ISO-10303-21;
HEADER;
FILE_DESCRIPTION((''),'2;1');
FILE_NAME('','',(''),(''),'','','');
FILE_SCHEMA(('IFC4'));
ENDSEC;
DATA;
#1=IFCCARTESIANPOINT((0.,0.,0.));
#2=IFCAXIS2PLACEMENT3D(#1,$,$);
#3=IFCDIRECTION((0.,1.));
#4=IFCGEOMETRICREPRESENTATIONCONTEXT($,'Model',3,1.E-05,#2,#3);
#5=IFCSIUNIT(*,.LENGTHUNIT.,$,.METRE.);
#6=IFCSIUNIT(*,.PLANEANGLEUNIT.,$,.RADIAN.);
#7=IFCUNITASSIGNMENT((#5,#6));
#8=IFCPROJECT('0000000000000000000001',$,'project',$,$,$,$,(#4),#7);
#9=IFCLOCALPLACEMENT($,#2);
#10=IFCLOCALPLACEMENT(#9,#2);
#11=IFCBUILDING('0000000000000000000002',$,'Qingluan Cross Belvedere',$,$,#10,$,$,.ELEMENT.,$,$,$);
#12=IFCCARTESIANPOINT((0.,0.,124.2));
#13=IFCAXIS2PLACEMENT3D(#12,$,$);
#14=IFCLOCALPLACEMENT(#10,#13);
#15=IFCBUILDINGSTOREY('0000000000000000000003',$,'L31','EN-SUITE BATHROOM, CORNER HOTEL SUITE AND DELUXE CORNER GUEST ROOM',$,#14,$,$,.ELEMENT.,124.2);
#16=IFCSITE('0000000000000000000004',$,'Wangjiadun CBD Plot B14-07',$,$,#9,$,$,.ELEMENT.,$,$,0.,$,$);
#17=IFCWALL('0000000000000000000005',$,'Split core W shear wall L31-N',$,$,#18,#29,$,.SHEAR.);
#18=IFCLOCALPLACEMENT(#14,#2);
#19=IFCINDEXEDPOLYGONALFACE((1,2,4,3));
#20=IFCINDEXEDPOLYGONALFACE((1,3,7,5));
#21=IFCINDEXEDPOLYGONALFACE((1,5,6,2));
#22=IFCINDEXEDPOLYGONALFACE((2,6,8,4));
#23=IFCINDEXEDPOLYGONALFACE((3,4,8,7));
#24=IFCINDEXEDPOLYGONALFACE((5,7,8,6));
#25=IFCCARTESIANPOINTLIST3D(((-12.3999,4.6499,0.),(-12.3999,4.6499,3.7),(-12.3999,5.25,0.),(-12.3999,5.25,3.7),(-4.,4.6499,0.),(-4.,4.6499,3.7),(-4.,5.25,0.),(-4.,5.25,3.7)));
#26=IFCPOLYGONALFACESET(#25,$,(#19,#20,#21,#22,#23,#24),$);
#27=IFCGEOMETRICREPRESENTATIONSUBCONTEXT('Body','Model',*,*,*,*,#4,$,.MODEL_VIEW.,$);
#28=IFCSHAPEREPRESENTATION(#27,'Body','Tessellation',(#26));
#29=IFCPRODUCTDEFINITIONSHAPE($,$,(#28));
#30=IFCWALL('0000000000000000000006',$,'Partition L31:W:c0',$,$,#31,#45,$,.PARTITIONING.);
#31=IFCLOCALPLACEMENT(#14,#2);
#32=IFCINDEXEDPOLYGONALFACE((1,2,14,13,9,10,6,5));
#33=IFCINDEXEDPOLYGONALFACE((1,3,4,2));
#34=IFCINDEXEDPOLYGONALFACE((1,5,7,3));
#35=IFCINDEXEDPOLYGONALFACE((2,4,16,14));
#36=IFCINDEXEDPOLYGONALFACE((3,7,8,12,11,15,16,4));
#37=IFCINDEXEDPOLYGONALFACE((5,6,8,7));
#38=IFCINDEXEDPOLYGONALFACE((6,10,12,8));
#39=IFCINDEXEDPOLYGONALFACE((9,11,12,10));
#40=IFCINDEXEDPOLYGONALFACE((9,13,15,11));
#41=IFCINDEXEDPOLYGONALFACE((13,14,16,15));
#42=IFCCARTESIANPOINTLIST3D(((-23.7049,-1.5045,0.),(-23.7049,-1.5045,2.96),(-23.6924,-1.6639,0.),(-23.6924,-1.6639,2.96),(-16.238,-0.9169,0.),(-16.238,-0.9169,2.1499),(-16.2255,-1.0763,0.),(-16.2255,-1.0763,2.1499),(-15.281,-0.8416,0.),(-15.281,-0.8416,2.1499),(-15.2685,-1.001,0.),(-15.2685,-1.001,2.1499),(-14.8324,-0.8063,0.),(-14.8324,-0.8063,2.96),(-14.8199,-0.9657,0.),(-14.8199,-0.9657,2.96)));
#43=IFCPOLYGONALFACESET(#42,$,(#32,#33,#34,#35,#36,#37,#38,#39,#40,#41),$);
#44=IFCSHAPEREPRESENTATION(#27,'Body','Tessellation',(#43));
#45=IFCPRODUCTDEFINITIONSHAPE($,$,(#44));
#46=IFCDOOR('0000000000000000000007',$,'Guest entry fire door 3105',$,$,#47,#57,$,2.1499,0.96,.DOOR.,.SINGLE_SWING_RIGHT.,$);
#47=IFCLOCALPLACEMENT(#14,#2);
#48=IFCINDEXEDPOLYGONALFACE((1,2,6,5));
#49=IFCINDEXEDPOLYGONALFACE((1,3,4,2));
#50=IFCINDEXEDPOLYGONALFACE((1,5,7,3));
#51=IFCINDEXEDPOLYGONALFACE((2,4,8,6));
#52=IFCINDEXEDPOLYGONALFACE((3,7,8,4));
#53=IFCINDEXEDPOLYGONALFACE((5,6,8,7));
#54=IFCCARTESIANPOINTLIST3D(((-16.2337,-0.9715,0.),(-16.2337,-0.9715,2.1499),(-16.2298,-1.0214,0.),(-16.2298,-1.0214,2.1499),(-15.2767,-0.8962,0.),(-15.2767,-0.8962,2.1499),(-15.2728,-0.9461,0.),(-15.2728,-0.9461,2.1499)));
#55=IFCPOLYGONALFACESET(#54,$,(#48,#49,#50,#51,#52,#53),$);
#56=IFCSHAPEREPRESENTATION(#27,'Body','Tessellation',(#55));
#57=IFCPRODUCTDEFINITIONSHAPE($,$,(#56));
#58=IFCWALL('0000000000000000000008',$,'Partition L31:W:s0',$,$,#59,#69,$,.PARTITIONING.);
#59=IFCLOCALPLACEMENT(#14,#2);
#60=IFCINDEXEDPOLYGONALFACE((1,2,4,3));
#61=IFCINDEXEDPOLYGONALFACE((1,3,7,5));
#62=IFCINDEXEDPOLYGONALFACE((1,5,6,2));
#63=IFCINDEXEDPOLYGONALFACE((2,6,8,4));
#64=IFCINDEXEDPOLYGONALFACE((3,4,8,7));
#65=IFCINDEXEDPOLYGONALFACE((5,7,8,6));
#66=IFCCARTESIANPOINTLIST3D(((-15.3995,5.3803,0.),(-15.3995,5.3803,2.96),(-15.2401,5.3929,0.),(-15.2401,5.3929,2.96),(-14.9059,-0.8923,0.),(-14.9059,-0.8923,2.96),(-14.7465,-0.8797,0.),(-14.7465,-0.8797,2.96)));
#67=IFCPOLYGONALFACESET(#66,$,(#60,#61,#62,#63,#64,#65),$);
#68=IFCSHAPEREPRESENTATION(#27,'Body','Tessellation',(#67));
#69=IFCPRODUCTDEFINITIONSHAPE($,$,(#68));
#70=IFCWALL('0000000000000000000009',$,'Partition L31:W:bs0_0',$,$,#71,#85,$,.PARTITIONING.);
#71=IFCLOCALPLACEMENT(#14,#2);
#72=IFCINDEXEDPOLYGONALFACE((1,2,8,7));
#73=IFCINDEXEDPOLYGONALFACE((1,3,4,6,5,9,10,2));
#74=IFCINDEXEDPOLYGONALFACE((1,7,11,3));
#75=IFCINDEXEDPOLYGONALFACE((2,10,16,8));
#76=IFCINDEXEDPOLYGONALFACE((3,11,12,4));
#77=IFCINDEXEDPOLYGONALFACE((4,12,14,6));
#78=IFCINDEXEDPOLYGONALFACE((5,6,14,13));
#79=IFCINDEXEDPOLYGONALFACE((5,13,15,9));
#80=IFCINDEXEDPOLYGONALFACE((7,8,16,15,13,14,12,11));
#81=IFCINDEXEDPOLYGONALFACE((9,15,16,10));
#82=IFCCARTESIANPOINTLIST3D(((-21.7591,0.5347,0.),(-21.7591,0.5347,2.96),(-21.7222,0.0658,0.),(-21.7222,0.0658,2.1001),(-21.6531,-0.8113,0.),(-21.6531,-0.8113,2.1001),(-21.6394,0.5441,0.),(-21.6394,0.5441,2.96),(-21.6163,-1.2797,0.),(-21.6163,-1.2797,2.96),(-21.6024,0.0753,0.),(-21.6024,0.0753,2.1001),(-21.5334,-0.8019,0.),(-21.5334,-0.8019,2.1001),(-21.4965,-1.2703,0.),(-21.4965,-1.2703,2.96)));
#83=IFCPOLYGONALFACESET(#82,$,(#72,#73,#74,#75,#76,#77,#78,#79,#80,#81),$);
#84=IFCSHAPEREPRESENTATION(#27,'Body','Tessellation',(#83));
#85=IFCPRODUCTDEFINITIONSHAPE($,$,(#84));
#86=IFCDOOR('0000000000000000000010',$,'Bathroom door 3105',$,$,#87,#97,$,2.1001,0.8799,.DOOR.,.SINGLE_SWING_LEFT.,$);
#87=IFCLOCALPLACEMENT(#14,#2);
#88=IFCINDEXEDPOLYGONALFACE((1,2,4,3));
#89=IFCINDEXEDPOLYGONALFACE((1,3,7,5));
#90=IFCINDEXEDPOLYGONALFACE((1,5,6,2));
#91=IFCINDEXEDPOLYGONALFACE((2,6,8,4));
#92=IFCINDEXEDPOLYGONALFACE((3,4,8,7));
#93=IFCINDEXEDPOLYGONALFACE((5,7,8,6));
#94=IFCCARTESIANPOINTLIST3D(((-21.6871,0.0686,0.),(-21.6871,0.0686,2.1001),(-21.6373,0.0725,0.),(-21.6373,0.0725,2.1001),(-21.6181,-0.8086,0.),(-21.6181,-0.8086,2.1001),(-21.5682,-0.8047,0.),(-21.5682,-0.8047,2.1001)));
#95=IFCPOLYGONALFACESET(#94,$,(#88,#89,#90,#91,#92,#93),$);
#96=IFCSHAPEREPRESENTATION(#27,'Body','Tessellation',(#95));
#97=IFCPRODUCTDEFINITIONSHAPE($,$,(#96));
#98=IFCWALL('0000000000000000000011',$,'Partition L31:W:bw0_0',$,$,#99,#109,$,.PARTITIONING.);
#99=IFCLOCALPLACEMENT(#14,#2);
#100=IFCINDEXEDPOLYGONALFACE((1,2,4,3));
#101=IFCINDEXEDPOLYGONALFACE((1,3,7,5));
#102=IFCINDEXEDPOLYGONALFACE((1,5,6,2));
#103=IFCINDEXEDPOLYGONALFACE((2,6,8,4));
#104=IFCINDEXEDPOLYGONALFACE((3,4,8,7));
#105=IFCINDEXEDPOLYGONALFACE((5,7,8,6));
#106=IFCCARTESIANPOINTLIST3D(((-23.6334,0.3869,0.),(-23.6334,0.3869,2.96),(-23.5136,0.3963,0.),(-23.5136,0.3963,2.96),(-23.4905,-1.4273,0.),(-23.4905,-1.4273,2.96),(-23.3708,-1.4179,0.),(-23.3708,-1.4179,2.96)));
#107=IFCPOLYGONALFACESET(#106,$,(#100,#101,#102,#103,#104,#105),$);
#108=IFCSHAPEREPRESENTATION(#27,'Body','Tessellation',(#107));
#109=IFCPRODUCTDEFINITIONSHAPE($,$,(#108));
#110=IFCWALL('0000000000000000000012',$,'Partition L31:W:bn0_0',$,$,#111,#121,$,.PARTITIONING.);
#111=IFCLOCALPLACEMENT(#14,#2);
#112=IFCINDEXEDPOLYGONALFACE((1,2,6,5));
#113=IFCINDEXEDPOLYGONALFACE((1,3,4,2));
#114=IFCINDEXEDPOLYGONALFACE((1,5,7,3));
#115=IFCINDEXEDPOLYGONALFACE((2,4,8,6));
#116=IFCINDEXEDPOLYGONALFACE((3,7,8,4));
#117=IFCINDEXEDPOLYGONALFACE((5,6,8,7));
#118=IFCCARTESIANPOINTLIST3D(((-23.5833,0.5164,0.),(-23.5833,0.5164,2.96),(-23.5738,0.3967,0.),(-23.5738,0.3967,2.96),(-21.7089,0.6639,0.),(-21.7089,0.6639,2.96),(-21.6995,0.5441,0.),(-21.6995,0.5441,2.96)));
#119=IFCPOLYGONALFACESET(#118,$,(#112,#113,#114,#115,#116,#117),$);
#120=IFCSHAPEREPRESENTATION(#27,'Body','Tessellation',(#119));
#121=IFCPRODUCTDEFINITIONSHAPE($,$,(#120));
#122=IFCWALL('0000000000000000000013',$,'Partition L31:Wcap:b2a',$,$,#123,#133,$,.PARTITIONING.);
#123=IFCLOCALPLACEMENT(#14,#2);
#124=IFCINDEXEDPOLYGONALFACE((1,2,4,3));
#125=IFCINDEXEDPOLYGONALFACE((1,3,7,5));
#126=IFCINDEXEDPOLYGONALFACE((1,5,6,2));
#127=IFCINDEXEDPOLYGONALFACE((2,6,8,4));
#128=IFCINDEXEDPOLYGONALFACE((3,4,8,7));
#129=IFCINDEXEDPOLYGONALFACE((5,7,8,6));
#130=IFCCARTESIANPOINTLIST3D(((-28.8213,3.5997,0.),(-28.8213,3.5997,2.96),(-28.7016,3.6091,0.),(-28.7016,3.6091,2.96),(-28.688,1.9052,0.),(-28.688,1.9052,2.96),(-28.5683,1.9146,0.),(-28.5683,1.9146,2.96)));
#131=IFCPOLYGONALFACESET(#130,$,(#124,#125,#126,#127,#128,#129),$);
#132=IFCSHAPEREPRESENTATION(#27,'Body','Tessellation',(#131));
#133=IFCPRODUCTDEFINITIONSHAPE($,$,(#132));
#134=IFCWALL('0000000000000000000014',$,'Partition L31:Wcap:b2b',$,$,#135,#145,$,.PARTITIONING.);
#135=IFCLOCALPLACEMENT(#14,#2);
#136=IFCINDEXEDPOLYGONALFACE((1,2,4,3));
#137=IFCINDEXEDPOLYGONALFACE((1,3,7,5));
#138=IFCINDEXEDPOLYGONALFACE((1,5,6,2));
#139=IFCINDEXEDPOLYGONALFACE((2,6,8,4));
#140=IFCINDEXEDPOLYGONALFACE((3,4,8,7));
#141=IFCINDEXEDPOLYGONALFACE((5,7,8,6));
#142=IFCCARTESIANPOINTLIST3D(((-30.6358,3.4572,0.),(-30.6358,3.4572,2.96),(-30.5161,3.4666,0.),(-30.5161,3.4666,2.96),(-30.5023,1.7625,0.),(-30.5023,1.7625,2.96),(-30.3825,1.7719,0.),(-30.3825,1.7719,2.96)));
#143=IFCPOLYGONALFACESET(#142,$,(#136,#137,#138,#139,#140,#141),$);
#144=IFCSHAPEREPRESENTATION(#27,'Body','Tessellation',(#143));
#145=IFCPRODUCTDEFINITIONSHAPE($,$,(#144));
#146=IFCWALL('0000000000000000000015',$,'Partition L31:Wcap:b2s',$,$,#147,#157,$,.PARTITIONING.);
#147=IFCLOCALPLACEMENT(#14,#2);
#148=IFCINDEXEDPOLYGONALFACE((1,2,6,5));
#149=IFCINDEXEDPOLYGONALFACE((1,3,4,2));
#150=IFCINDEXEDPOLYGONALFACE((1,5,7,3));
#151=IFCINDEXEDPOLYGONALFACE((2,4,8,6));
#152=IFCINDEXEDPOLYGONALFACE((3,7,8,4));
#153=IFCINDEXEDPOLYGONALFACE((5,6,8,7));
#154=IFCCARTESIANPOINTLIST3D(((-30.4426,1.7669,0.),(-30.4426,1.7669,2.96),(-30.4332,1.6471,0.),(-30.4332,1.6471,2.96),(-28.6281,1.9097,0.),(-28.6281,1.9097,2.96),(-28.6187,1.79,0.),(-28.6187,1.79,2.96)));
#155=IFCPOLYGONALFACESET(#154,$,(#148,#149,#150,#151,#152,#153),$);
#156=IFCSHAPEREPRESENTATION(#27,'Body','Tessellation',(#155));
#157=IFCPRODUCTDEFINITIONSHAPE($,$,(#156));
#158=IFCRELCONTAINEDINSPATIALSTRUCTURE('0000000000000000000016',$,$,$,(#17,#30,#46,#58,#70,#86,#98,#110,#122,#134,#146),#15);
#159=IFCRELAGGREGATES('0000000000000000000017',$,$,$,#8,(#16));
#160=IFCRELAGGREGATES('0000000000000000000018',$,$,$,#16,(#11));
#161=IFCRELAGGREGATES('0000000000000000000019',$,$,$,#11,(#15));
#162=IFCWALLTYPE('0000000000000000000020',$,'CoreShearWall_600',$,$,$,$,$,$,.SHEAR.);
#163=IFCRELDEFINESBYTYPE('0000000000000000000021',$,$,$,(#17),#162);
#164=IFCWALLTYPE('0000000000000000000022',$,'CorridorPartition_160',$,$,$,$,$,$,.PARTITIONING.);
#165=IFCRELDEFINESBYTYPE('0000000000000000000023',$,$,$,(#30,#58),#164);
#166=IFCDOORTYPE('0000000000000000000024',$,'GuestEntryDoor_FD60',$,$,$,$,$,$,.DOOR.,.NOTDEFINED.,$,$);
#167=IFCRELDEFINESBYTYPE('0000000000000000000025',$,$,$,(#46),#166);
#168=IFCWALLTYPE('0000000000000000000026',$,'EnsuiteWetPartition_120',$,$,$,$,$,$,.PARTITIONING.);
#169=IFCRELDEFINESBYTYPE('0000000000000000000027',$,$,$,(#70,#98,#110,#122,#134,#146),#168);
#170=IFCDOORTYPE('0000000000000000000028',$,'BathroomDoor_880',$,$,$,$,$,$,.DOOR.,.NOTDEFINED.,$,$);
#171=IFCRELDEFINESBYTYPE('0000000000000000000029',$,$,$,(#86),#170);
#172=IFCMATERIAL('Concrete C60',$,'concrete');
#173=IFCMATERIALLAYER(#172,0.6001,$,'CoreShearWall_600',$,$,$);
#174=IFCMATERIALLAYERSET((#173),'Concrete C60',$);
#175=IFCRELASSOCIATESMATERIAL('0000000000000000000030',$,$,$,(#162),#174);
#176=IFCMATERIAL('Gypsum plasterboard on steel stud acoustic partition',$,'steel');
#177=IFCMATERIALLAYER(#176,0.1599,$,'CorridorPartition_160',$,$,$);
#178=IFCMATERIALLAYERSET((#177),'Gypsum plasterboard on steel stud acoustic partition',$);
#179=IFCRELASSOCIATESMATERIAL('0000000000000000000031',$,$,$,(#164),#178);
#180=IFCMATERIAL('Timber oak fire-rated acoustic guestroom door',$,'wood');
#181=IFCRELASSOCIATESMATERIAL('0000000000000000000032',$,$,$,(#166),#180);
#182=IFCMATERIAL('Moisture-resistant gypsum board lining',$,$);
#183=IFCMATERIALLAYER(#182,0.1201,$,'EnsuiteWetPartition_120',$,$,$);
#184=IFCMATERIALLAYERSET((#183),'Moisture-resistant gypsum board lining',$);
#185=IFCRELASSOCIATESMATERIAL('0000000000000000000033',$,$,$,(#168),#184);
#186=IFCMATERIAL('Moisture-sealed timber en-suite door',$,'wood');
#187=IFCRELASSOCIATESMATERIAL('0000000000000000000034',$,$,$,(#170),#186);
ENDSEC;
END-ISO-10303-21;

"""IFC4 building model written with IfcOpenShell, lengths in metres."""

from ifc_helpers import new_model, si_unit, direction, frame, frame_2d, origin, place, context, subcontext, project, spatial, rectangle, extrude, material, layer, layer_set, type_object, element, fill, save


model = new_model("IFC4")

# Units and contexts
model_context = context("Model", 3, precision=1e-05, world=origin(), true_north=direction((0.0, 1.0)))
body_context = subcontext(model_context, "Body", "Model", "MODEL_VIEW")
ifc_project = project(units=[si_unit("LENGTHUNIT", "METRE"), si_unit("PLANEANGLEUNIT", "RADIAN")], contexts=[model_context])

# Site, building, storey
site_placement = place(None, origin())
site = spatial("IfcSite", under=ifc_project, at=site_placement, Name="Wangjiadun CBD Plot B14-07", CompositionType="ELEMENT", RefElevation=0.0)
building_placement = place(site_placement, origin())
building = spatial("IfcBuilding", under=site, at=building_placement, Name="Qingluan Cross Belvedere", CompositionType="ELEMENT")
storey_placement = place(building_placement, frame((0.0, 0.0, 124.2)))
storey = spatial("IfcBuildingStorey", under=building, at=storey_placement, Name="L31", Description="EN-SUITE BATHROOM, CORNER HOTEL SUITE AND DELUXE CORNER GUEST ROOM", CompositionType="ELEMENT", Elevation=124.2)

# Wall
ifc_material_1 = material(Name="Concrete C60", Category="concrete")
ifc_layer_1 = layer(ifc_material_1, 0.6001, Name="CoreShearWall_600")
ifc_layer_set_1 = layer_set([ifc_layer_1], Name="Concrete C60")
wall_type_1 = type_object("IfcWallType", Name="CoreShearWall_600", PredefinedType="SHEAR", material=ifc_layer_set_1)
wall_1_placement = place(storey_placement, frame((-12.3999, 4.95, 0.0), z_axis=(0.0, 0.0, 1.0), x_axis=(1.0, 0.0, 0.0)))
element("IfcWall", 1, at=wall_1_placement, inside=storey, type_object=wall_type_1, Name="Split core W shear wall L31-N", PredefinedType="SHEAR", context=body_context, shape_type="SweptSolid", body=[
    extrude(rectangle(XDim=8.3999, YDim=0.6001, at=frame_2d((4.2, 0.0))), origin(), (0.0, 0.0, 1.0), 3.7),
])

# Wall, opening, door
ifc_material_2 = material(Name="Gypsum plasterboard on steel stud acoustic partition", Category="steel")
ifc_layer_2 = layer(ifc_material_2, 0.1599, Name="CorridorPartition_160")
ifc_layer_set_2 = layer_set([ifc_layer_2], Name="Gypsum plasterboard on steel stud acoustic partition")
wall_type_2 = type_object("IfcWallType", Name="CorridorPartition_160", PredefinedType="PARTITIONING", material=ifc_layer_set_2)
wall_2_placement = place(storey_placement, frame((-14.8262, -0.886, 0.0), z_axis=(0.0, 0.0, 1.0), x_axis=(-0.996918, -0.078454, 0.0)))
wall_2 = element("IfcWall", 2, at=wall_2_placement, inside=storey, type_object=wall_type_2, Name="Partition L31:W:c0", PredefinedType="PARTITIONING", context=body_context, shape_type="SweptSolid", body=[
    extrude(rectangle(XDim=8.8999, YDim=0.1599, at=frame_2d((4.45, 0.0))), origin(), (0.0, 0.0, 1.0), 2.96),
])
opening_1_placement = place(wall_2_placement, frame((0.45, 0.0, 0.0)))
opening_1 = element("IfcOpeningElement", 3, at=opening_1_placement, cuts=wall_2, PredefinedType="OPENING", context=body_context, shape_type="SweptSolid", body=[
    extrude(rectangle(XDim=0.96, YDim=2.1499, at=frame_2d((0.48, 1.075))), frame((0.0, 0.0898, 0.0), z_axis=(0.0, -1.0, 0.0), x_axis=(1.0, 0.0, 0.0)), (0.0, 0.0, 1.0), 0.1799),
])
ifc_material_3 = material(Name="Timber oak fire-rated acoustic guestroom door", Category="wood")
door_type_1 = type_object("IfcDoorType", Name="GuestEntryDoor_FD60", OperationType="NOTDEFINED", PredefinedType="DOOR", material=ifc_material_3)
door_1_placement = place(opening_1_placement, origin())
door_1 = element("IfcDoor", 4, at=door_1_placement, inside=storey, type_object=door_type_1, Name="Guest entry fire door 3105", OperationType="SINGLE_SWING_RIGHT", OverallHeight=2.1499, OverallWidth=0.96, PredefinedType="DOOR", context=body_context, shape_type="SweptSolid", body=[
    extrude(rectangle(XDim=0.96, YDim=2.1499, at=frame_2d((0.48, 1.075))), frame((0.0, 0.0249, 0.0), z_axis=(0.0, -1.0, 0.0), x_axis=(1.0, 0.0, 0.0)), (0.0, 0.0, 1.0), 0.05),
])
fill(opening_1, door_1)

# Wall
wall_3_placement = place(storey_placement, frame((-14.8262, -0.886, 0.0), z_axis=(0.0, 0.0, 1.0), x_axis=(-0.078456, 0.996918, 0.0)))
element("IfcWall", 5, at=wall_3_placement, inside=storey, type_object=wall_type_2, Name="Partition L31:W:s0", PredefinedType="PARTITIONING", context=body_context, shape_type="SweptSolid", body=[
    extrude(rectangle(XDim=6.292, YDim=0.1599, at=frame_2d((3.146, 0.0))), origin(), (0.0, 0.0, 1.0), 2.96),
])

# Wall, opening, door
ifc_material_4 = material(Name="Moisture-resistant gypsum board lining")
ifc_layer_3 = layer(ifc_material_4, 0.1201, Name="EnsuiteWetPartition_120")
ifc_layer_set_3 = layer_set([ifc_layer_3], Name="Moisture-resistant gypsum board lining")
wall_type_3 = type_object("IfcWallType", Name="EnsuiteWetPartition_120", PredefinedType="PARTITIONING", material=ifc_layer_set_3)
wall_4_placement = place(storey_placement, frame((-21.5564, -1.2751, 0.0), z_axis=(0.0, 0.0, 1.0), x_axis=(-0.078471, 0.996916, 0.0)))
wall_4 = element("IfcWall", 6, at=wall_4_placement, inside=storey, type_object=wall_type_3, Name="Partition L31:W:bs0_0", PredefinedType="PARTITIONING", context=body_context, shape_type="SweptSolid", body=[
    extrude(rectangle(XDim=1.8201, YDim=0.1201, at=frame_2d((0.9102, 0.0))), origin(), (0.0, 0.0, 1.0), 2.96),
])
opening_2_placement = place(wall_4_placement, frame((0.47, 0.0, 0.0)))
opening_2 = element("IfcOpeningElement", 7, at=opening_2_placement, cuts=wall_4, PredefinedType="OPENING", context=body_context, shape_type="SweptSolid", body=[
    extrude(rectangle(XDim=0.8799, YDim=2.1001, at=frame_2d((0.4399, 1.05))), frame((0.0, 0.0701, 0.0), z_axis=(0.0, -1.0, 0.0), x_axis=(1.0, 0.0, 0.0)), (0.0, 0.0, 1.0), 0.1401),
])
ifc_material_5 = material(Name="Moisture-sealed timber en-suite door", Category="wood")
door_type_2 = type_object("IfcDoorType", Name="BathroomDoor_880", OperationType="NOTDEFINED", PredefinedType="DOOR", material=ifc_material_5)
door_2_placement = place(opening_2_placement, origin())
door_2 = element("IfcDoor", 8, at=door_2_placement, inside=storey, type_object=door_type_2, Name="Bathroom door 3105", OperationType="SINGLE_SWING_LEFT", OverallHeight=2.1001, OverallWidth=0.8799, PredefinedType="DOOR", context=body_context, shape_type="SweptSolid", body=[
    extrude(rectangle(XDim=0.8799, YDim=2.1001, at=frame_2d((0.4399, 1.05))), frame((0.0, 0.0249, 0.0), z_axis=(0.0, -1.0, 0.0), x_axis=(1.0, 0.0, 0.0)), (0.0, 0.0, 1.0), 0.05),
])
fill(opening_2, door_2)

# Walls
wall_5_placement = place(storey_placement, frame((-23.4307, -1.4226, 0.0), z_axis=(0.0, 0.0, 1.0), x_axis=(-0.078481, 0.996916, 0.0)))
element("IfcWall", 9, at=wall_5_placement, inside=storey, type_object=wall_type_3, Name="Partition L31:W:bw0_0", PredefinedType="PARTITIONING", context=body_context, shape_type="SweptSolid", body=[
    extrude(rectangle(XDim=1.8198, YDim=0.1201, at=frame_2d((0.9099, 0.0))), origin(), (0.0, 0.0, 1.0), 2.96),
])
wall_6_placement = place(storey_placement, frame((-21.7043, 0.604, 0.0), z_axis=(0.0, 0.0, 1.0), x_axis=(-0.996919, -0.078434, 0.0)))
element("IfcWall", 10, at=wall_6_placement, inside=storey, type_object=wall_type_3, Name="Partition L31:W:bn0_0", PredefinedType="PARTITIONING", context=body_context, shape_type="SweptSolid", body=[
    extrude(rectangle(XDim=1.8801, YDim=0.1201, at=frame_2d((0.9399, 0.0))), origin(), (0.0, 0.0, 1.0), 2.96),
])
wall_7_placement = place(storey_placement, frame((-28.6282, 1.9099, 0.0), z_axis=(0.0, 0.0, 1.0), x_axis=(-0.078421, 0.99692, 0.0)))
element("IfcWall", 11, at=wall_7_placement, inside=storey, type_object=wall_type_3, Name="Partition L31:Wcap:b2a", PredefinedType="PARTITIONING", context=body_context, shape_type="SweptSolid", body=[
    extrude(rectangle(XDim=1.6997, YDim=0.1201, at=frame_2d((0.8499, 0.0))), origin(), (0.0, 0.0, 1.0), 2.96),
])
wall_8_placement = place(storey_placement, frame((-30.4424, 1.7671, 0.0), z_axis=(0.0, 0.0, 1.0), x_axis=(-0.078564, 0.996909, 0.0)))
element("IfcWall", 12, at=wall_8_placement, inside=storey, type_object=wall_type_3, Name="Partition L31:Wcap:b2b", PredefinedType="PARTITIONING", context=body_context, shape_type="SweptSolid", body=[
    extrude(rectangle(XDim=1.7, YDim=0.1201, at=frame_2d((0.8501, 0.0))), origin(), (0.0, 0.0, 1.0), 2.96),
])
wall_9_placement = place(storey_placement, frame((-28.6233, 1.8499, 0.0), z_axis=(0.0, 0.0, 1.0), x_axis=(-0.996916, -0.078471, 0.0)))
element("IfcWall", 13, at=wall_9_placement, inside=storey, type_object=wall_type_3, Name="Partition L31:Wcap:b2s", PredefinedType="PARTITIONING", context=body_context, shape_type="SweptSolid", body=[
    extrude(rectangle(XDim=1.8201, YDim=0.1201, at=frame_2d((0.9102, 0.0))), origin(), (0.0, 0.0, 1.0), 2.96),
])

save(model, "model.ifc")
